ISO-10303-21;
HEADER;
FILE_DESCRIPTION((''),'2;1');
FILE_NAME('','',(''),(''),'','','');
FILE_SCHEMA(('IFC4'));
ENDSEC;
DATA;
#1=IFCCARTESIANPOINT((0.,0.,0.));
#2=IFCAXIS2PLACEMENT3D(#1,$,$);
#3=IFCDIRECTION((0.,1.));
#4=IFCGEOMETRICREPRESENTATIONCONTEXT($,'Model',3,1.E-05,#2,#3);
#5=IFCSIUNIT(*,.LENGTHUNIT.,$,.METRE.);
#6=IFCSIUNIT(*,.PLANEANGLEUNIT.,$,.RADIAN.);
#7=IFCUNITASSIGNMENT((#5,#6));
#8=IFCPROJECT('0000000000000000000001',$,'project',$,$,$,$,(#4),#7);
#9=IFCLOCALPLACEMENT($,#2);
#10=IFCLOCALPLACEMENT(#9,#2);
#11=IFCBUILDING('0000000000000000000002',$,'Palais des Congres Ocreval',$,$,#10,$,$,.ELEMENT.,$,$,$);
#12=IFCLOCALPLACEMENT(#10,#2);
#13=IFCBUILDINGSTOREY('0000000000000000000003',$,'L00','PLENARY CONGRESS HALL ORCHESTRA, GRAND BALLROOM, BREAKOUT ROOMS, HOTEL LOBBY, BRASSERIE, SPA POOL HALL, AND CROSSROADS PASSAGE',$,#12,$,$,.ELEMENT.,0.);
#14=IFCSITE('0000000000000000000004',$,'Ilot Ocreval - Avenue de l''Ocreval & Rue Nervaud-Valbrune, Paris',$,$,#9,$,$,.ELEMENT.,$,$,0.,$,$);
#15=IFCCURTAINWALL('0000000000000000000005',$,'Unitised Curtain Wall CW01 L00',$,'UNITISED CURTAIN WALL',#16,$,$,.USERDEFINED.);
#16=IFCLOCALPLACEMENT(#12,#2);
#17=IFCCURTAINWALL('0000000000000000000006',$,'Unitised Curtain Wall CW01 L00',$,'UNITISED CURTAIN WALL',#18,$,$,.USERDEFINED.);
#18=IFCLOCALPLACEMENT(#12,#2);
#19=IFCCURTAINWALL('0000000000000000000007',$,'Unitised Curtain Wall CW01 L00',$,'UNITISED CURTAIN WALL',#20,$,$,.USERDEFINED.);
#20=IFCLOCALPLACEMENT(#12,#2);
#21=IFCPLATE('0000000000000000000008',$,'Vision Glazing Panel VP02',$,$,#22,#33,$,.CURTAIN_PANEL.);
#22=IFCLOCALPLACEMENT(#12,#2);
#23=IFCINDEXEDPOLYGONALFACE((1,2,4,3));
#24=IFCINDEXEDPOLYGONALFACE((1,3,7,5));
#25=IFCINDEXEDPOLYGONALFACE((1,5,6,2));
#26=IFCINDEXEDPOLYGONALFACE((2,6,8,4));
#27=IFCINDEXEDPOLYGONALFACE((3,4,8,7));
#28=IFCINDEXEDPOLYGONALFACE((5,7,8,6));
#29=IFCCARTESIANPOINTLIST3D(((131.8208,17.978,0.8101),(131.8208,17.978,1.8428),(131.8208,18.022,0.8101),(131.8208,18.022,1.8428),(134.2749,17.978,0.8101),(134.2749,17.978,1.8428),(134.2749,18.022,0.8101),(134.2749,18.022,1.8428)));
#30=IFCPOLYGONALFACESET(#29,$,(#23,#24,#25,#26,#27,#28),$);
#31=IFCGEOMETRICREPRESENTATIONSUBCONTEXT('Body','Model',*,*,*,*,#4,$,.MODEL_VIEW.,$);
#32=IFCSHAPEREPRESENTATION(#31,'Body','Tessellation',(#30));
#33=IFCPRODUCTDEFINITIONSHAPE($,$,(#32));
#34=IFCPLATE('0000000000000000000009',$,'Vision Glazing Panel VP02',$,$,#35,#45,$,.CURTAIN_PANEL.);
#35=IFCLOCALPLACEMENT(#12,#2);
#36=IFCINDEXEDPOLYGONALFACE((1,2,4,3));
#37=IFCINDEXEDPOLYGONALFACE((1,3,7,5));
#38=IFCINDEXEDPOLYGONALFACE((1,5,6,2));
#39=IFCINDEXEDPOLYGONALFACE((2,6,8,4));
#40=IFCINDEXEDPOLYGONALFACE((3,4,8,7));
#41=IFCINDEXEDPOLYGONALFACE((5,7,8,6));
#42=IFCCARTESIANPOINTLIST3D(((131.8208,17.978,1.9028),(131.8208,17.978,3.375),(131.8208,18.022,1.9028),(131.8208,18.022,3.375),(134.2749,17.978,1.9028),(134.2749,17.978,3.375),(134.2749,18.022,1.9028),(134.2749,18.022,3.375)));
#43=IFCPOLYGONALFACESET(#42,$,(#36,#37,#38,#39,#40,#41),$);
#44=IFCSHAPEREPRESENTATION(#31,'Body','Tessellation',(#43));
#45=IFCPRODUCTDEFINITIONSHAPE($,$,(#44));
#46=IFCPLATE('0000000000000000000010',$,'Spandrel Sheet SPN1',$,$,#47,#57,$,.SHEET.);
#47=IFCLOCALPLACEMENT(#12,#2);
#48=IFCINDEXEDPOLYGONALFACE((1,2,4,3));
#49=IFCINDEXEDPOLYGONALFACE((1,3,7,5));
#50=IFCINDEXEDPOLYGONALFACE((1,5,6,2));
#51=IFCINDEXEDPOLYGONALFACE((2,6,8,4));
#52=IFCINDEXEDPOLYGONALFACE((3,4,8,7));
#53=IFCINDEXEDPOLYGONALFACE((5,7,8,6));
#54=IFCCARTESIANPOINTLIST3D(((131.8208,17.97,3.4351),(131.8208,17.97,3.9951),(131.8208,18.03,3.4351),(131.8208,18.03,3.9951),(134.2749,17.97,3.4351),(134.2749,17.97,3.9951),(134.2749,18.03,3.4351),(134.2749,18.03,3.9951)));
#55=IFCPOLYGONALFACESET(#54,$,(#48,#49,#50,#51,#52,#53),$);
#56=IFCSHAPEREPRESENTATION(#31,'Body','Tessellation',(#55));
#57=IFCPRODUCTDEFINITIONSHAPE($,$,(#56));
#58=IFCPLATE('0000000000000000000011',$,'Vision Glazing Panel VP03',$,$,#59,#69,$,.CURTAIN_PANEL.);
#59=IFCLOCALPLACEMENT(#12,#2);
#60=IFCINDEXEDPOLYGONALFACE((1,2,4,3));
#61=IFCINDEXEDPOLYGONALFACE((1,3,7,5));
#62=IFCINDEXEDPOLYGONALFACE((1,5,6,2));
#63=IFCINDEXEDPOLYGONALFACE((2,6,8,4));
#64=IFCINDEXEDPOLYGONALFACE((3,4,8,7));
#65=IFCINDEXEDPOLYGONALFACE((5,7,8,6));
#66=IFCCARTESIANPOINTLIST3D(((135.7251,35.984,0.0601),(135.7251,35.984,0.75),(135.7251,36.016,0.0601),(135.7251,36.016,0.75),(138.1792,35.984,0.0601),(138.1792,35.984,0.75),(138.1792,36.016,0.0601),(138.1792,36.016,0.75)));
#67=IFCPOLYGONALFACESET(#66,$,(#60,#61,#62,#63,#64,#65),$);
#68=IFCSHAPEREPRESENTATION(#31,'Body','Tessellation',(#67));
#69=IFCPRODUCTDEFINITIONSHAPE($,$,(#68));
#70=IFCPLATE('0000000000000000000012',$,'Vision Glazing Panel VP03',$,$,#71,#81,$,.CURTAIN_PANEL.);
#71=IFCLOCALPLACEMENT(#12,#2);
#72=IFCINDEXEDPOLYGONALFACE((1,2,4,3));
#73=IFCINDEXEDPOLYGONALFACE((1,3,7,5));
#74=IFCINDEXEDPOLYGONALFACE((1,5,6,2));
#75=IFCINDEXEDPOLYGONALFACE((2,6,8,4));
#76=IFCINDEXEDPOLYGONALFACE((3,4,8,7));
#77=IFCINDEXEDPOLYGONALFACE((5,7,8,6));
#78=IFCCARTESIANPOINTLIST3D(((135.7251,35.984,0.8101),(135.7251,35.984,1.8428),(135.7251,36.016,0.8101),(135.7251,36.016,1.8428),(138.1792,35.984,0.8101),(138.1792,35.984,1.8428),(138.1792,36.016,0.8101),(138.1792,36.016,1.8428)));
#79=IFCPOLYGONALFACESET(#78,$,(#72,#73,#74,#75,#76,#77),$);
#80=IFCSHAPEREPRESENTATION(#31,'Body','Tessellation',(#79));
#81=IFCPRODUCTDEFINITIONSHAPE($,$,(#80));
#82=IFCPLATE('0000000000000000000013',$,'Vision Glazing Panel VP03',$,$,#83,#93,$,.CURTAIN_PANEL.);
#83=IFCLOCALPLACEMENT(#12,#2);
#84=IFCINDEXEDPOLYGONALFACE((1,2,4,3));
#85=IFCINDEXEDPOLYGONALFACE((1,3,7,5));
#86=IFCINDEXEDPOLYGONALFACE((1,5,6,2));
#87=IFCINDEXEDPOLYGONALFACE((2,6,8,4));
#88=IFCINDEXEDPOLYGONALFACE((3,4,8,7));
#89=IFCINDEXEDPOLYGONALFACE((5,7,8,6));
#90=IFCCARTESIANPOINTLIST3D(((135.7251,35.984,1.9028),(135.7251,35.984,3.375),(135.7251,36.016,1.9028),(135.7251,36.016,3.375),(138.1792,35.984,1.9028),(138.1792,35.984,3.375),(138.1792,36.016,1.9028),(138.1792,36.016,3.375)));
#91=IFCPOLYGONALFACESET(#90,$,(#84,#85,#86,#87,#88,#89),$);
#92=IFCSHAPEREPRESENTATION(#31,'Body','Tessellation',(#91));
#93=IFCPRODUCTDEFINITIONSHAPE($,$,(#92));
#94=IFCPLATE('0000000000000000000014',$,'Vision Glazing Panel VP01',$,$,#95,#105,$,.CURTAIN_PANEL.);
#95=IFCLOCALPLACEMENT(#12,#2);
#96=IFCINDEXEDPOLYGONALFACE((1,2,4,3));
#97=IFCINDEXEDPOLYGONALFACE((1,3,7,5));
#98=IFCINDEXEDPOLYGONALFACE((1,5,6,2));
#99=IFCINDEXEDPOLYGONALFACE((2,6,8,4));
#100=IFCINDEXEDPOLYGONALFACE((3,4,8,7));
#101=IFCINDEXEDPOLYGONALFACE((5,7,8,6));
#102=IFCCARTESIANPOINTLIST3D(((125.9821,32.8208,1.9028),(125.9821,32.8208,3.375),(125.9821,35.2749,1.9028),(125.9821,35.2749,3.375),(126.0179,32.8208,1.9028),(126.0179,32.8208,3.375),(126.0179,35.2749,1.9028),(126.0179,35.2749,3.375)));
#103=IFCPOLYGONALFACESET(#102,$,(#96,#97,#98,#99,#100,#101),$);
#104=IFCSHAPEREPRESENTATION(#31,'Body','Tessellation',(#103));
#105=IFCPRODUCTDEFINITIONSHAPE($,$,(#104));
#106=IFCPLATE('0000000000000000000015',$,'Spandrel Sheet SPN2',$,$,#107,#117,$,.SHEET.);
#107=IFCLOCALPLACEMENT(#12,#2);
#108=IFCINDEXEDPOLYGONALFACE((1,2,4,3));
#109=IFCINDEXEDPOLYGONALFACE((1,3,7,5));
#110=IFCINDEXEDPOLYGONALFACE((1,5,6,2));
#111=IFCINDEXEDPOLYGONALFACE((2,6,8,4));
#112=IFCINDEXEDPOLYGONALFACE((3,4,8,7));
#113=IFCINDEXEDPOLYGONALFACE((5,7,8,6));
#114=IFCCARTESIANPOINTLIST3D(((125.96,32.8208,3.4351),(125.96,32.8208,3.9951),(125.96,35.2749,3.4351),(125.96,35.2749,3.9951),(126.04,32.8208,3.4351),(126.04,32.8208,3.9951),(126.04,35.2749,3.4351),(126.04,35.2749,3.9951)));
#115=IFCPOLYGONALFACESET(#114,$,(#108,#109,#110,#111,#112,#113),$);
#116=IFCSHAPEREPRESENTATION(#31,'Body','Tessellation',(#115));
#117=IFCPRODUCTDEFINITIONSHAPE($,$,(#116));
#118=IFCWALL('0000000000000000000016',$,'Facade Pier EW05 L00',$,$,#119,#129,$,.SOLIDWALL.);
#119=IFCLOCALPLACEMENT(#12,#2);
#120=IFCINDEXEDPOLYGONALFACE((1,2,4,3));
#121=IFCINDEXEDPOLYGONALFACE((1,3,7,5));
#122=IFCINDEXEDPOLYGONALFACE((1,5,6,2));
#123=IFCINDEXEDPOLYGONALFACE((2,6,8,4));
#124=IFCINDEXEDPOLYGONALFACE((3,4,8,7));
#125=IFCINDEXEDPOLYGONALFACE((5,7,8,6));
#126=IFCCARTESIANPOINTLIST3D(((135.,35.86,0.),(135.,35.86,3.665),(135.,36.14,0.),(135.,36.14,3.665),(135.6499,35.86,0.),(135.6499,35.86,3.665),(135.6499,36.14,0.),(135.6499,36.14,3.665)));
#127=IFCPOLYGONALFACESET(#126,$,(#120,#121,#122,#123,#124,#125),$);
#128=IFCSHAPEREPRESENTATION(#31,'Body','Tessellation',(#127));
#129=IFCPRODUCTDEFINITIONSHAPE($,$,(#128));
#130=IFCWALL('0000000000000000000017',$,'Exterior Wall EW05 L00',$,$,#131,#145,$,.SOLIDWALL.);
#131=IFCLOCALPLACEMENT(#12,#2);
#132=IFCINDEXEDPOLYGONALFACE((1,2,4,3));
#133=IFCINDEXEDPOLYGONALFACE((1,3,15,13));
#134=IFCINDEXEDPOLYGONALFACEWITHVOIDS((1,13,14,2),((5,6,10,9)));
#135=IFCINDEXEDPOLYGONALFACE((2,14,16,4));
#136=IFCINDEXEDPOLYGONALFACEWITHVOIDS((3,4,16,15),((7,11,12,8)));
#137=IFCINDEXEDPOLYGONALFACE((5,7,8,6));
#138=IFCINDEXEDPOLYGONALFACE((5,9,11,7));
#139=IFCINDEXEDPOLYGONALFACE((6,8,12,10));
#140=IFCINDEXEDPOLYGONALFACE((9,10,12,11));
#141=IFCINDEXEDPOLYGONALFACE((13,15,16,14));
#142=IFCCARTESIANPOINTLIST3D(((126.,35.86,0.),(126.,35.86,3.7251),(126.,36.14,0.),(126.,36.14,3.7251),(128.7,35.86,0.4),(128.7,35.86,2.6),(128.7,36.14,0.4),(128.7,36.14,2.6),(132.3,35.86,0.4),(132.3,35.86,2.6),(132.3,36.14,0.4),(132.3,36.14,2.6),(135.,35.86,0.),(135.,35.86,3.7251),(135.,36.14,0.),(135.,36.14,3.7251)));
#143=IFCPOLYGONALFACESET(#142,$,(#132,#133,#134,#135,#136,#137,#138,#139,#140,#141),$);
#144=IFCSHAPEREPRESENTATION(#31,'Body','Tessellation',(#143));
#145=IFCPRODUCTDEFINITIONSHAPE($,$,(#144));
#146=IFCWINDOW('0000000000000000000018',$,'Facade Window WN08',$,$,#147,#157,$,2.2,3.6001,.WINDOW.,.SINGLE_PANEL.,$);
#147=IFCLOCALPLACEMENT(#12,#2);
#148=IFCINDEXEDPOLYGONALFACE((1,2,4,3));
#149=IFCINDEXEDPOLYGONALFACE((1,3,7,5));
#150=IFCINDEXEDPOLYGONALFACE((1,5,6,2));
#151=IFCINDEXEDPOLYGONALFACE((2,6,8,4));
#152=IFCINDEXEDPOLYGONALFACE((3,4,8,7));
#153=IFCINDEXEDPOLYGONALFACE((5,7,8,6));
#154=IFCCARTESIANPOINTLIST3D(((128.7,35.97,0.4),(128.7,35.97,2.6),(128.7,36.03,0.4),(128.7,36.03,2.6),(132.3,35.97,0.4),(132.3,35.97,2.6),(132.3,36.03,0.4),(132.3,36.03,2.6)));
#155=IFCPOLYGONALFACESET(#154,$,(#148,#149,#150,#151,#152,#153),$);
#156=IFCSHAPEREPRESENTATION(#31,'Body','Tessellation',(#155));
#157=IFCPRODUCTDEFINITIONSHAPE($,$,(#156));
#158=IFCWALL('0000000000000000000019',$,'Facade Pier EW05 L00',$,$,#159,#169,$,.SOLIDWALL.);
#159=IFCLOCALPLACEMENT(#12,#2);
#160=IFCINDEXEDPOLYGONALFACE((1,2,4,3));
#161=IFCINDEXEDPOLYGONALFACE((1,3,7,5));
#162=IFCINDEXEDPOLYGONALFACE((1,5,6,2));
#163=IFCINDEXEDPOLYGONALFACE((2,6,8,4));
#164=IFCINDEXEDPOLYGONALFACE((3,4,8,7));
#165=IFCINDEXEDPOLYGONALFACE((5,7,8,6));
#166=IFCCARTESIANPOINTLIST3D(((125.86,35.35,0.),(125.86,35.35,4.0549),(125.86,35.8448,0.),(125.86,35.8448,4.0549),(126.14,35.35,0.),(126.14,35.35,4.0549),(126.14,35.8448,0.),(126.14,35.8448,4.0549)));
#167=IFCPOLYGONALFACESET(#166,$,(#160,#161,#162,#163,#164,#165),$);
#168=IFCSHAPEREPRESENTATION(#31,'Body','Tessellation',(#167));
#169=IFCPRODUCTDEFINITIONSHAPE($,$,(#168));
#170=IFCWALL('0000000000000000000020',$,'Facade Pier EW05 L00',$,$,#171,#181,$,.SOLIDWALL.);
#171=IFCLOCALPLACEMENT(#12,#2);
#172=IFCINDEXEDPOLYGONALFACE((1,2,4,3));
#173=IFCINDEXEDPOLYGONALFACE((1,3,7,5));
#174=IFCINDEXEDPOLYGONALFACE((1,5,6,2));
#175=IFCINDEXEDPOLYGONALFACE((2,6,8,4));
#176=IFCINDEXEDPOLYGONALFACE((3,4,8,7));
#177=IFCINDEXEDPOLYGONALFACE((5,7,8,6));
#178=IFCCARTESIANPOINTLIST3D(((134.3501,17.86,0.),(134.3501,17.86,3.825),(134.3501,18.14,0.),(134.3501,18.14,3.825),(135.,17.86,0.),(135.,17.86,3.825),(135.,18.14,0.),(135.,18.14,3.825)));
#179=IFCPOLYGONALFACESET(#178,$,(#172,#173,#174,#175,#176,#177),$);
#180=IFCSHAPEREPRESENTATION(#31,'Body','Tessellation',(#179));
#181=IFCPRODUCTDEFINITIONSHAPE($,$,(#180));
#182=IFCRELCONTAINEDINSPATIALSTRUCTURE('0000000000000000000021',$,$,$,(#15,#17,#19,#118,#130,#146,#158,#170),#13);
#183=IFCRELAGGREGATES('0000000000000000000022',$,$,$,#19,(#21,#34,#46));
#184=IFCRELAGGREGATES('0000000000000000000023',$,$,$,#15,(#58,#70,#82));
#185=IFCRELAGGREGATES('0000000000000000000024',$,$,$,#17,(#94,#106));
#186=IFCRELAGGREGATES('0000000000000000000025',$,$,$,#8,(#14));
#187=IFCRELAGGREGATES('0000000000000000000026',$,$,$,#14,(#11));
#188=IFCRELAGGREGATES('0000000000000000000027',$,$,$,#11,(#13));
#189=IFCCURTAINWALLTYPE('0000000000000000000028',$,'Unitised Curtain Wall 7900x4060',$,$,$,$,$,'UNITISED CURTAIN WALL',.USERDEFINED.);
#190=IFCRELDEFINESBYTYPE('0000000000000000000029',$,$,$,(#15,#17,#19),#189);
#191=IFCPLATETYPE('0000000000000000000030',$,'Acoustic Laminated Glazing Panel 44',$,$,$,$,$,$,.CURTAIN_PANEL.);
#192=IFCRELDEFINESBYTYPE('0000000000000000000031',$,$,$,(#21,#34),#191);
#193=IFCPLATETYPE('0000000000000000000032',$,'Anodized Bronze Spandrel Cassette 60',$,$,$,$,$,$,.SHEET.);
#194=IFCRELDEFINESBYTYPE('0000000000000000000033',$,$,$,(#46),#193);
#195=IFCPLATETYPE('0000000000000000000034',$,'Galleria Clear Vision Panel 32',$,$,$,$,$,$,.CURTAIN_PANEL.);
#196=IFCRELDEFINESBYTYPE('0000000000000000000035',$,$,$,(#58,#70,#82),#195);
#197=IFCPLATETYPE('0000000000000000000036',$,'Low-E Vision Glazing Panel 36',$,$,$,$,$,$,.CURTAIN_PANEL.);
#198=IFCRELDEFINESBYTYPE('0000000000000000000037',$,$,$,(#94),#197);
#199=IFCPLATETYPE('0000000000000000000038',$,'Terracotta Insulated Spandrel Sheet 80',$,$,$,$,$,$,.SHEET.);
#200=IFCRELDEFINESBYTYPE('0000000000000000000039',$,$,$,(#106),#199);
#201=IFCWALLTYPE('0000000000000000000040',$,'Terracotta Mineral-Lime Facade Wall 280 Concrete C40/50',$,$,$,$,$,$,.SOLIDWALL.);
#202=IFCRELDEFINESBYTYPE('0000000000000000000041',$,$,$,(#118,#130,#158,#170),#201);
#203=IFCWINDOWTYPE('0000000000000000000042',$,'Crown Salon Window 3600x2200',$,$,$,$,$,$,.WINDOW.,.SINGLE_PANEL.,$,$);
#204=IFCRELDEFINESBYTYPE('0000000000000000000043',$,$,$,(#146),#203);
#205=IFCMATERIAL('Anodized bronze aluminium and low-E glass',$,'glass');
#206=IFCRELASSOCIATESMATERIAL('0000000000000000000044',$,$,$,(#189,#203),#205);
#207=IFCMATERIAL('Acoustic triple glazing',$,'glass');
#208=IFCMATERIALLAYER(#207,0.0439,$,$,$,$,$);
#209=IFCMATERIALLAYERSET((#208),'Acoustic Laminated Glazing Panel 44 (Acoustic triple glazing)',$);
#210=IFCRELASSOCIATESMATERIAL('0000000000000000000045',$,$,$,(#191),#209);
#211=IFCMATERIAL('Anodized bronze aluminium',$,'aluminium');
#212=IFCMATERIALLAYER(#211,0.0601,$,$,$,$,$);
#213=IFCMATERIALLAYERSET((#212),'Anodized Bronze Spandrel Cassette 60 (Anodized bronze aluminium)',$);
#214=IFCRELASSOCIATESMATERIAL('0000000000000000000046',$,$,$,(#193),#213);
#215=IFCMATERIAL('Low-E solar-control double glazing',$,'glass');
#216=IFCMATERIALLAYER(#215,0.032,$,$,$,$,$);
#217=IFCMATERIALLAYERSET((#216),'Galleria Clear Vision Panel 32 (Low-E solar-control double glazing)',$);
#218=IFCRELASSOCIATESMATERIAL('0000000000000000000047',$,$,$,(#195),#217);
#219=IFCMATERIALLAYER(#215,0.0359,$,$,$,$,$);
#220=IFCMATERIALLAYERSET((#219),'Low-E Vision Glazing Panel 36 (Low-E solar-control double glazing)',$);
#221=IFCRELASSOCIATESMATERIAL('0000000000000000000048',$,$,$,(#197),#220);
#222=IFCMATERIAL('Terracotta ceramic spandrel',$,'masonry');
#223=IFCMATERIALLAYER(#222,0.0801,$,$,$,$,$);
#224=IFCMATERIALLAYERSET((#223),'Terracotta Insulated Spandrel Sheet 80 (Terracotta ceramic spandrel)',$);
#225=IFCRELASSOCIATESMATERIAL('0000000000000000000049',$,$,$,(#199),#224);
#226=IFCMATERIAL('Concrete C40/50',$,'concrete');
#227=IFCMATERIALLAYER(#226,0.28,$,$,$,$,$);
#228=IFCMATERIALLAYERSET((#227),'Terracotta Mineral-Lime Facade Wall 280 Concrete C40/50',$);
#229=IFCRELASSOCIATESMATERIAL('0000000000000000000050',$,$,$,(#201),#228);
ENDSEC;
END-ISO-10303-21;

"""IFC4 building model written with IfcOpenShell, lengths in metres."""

from ifc_helpers import new_model, si_unit, direction, frame, frame_2d, origin, origin_2d, place, context, subcontext, project, spatial, rectangle, extrude, material, layer, layer_set, type_object, element, fill, aggregate, save


model = new_model("IFC4")

# Units and contexts
model_context = context("Model", 3, precision=1e-05, world=origin(), true_north=direction((0.0, 1.0)))
body_context = subcontext(model_context, "Body", "Model", "MODEL_VIEW")
ifc_project = project(units=[si_unit("LENGTHUNIT", "METRE"), si_unit("PLANEANGLEUNIT", "RADIAN")], contexts=[model_context])

# Site, building, storey
site_placement = place(None, origin())
site = spatial("IfcSite", under=ifc_project, at=site_placement, Name="Ilot Ocreval - Avenue de l'Ocreval & Rue Nervaud-Valbrune, Paris", CompositionType="ELEMENT", RefElevation=0.0)
building_placement = place(site_placement, origin())
building = spatial("IfcBuilding", under=site, at=building_placement, Name="Palais des Congres Ocreval", CompositionType="ELEMENT")
storey_placement = place(building_placement, origin())
storey = spatial("IfcBuildingStorey", under=building, at=storey_placement, Name="L00", Description="PLENARY CONGRESS HALL ORCHESTRA, GRAND BALLROOM, BREAKOUT ROOMS, HOTEL LOBBY, BRASSERIE, SPA POOL HALL, AND CROSSROADS PASSAGE", CompositionType="ELEMENT", Elevation=0.0)

# Curtain walls
ifc_material_1 = material(Name="Anodized bronze aluminium and low-E glass", Category="glass")
curtain_wall_type = type_object("IfcCurtainWallType", Name="Unitised Curtain Wall 7900x4060", ElementType="UNITISED CURTAIN WALL", PredefinedType="USERDEFINED", material=ifc_material_1)
curtain_wall_1_placement = place(storey_placement, origin())
curtain_wall_1 = element("IfcCurtainWall", 1, at=curtain_wall_1_placement, inside=storey, type_object=curtain_wall_type, Name="Unitised Curtain Wall CW01 L00", ObjectType="UNITISED CURTAIN WALL", PredefinedType="USERDEFINED")
ifc_material_2 = material(Name="Anodized bronze aluminium", Category="aluminium")
curtain_wall_2_placement = place(storey_placement, origin())
curtain_wall_2 = element("IfcCurtainWall", 2, at=curtain_wall_2_placement, inside=storey, type_object=curtain_wall_type, Name="Unitised Curtain Wall CW01 L00", ObjectType="UNITISED CURTAIN WALL", PredefinedType="USERDEFINED")

# Curtain wall
curtain_wall_3_placement = place(storey_placement, origin())
curtain_wall_3 = element("IfcCurtainWall", 3, at=curtain_wall_3_placement, inside=storey, type_object=curtain_wall_type, Name="Unitised Curtain Wall CW01 L00", ObjectType="UNITISED CURTAIN WALL", PredefinedType="USERDEFINED")

# Plates
ifc_material_3 = material(Name="Acoustic triple glazing", Category="glass")
ifc_layer_1 = layer(ifc_material_3, 0.0439)
ifc_layer_set_1 = layer_set([ifc_layer_1], Name="Acoustic Laminated Glazing Panel 44 (Acoustic triple glazing)")
plate_type_1 = type_object("IfcPlateType", Name="Acoustic Laminated Glazing Panel 44", PredefinedType="CURTAIN_PANEL", material=ifc_layer_set_1)
plate_1_placement = place(storey_placement, frame((133.0479, 18.0, 0.8101), z_axis=(0.0, 0.0, 1.0), x_axis=(1.0, 0.0, 0.0)))
plate_1 = element("IfcPlate", 4, at=plate_1_placement, type_object=plate_type_1, Name="Vision Glazing Panel VP02", PredefinedType="CURTAIN_PANEL", context=body_context, shape_type="SweptSolid", body=[
    extrude(rectangle(XDim=2.4541, YDim=0.0439, at=origin_2d()), origin(), (0.0, 0.0, 1.0), 1.0327),
])
plate_2_placement = place(storey_placement, frame((133.0479, 18.0, 1.9028), z_axis=(0.0, 0.0, 1.0), x_axis=(1.0, 0.0, 0.0)))
plate_2 = element("IfcPlate", 5, at=plate_2_placement, type_object=plate_type_1, Name="Vision Glazing Panel VP02", PredefinedType="CURTAIN_PANEL", context=body_context, shape_type="SweptSolid", body=[
    extrude(rectangle(XDim=2.4541, YDim=0.0439, at=origin_2d()), origin(), (0.0, 0.0, 1.0), 1.4722),
])
ifc_layer_2 = layer(ifc_material_2, 0.0601)
ifc_layer_set_2 = layer_set([ifc_layer_2], Name="Anodized Bronze Spandrel Cassette 60 (Anodized bronze aluminium)")
plate_type_2 = type_object("IfcPlateType", Name="Anodized Bronze Spandrel Cassette 60", PredefinedType="SHEET", material=ifc_layer_set_2)
plate_3_placement = place(storey_placement, frame((133.0479, 18.0, 3.4351), z_axis=(0.0, 0.0, 1.0), x_axis=(1.0, 0.0, 0.0)))
plate_3 = element("IfcPlate", 6, at=plate_3_placement, type_object=plate_type_2, Name="Spandrel Sheet SPN1", PredefinedType="SHEET", context=body_context, shape_type="SweptSolid", body=[
    extrude(rectangle(XDim=2.4541, YDim=0.0601, at=origin_2d()), origin(), (0.0, 0.0, 1.0), 0.5601),
])
aggregate(curtain_wall_3, [plate_1, plate_2, plate_3])
ifc_material_4 = material(Name="Low-E solar-control double glazing", Category="glass")
ifc_layer_3 = layer(ifc_material_4, 0.032)
ifc_layer_set_3 = layer_set([ifc_layer_3], Name="Galleria Clear Vision Panel 32 (Low-E solar-control double glazing)")
plate_type_3 = type_object("IfcPlateType", Name="Galleria Clear Vision Panel 32", PredefinedType="CURTAIN_PANEL", material=ifc_layer_set_3)
plate_4_placement = place(storey_placement, frame((136.9521, 36.0, 0.0601), z_axis=(0.0, 0.0, 1.0), x_axis=(-1.0, 0.0, 0.0)))
plate_4 = element("IfcPlate", 7, at=plate_4_placement, type_object=plate_type_3, Name="Vision Glazing Panel VP03", PredefinedType="CURTAIN_PANEL", context=body_context, shape_type="SweptSolid", body=[
    extrude(rectangle(XDim=2.4541, YDim=0.032, at=origin_2d()), origin(), (0.0, 0.0, 1.0), 0.6899),
])
plate_5_placement = place(storey_placement, frame((136.9521, 36.0, 0.8101), z_axis=(0.0, 0.0, 1.0), x_axis=(-1.0, 0.0, 0.0)))
plate_5 = element("IfcPlate", 8, at=plate_5_placement, type_object=plate_type_3, Name="Vision Glazing Panel VP03", PredefinedType="CURTAIN_PANEL", context=body_context, shape_type="SweptSolid", body=[
    extrude(rectangle(XDim=2.4541, YDim=0.032, at=origin_2d()), origin(), (0.0, 0.0, 1.0), 1.0327),
])
plate_6_placement = place(storey_placement, frame((136.9521, 36.0, 1.9028), z_axis=(0.0, 0.0, 1.0), x_axis=(-1.0, 0.0, 0.0)))
plate_6 = element("IfcPlate", 9, at=plate_6_placement, type_object=plate_type_3, Name="Vision Glazing Panel VP03", PredefinedType="CURTAIN_PANEL", context=body_context, shape_type="SweptSolid", body=[
    extrude(rectangle(XDim=2.4541, YDim=0.032, at=origin_2d()), origin(), (0.0, 0.0, 1.0), 1.4722),
])
aggregate(curtain_wall_1, [plate_4, plate_5, plate_6])
ifc_layer_4 = layer(ifc_material_4, 0.0359)
ifc_layer_set_4 = layer_set([ifc_layer_4], Name="Low-E Vision Glazing Panel 36 (Low-E solar-control double glazing)")
plate_type_4 = type_object("IfcPlateType", Name="Low-E Vision Glazing Panel 36", PredefinedType="CURTAIN_PANEL", material=ifc_layer_set_4)
plate_7_placement = place(storey_placement, frame((126.0, 34.0479, 1.9028), z_axis=(0.0, 0.0, 1.0), x_axis=(0.0, -1.0, 0.0)))
plate_7 = element("IfcPlate", 10, at=plate_7_placement, type_object=plate_type_4, Name="Vision Glazing Panel VP01", PredefinedType="CURTAIN_PANEL", context=body_context, shape_type="SweptSolid", body=[
    extrude(rectangle(XDim=2.4541, YDim=0.0359, at=origin_2d()), origin(), (0.0, 0.0, 1.0), 1.4722),
])
ifc_material_5 = material(Name="Terracotta ceramic spandrel", Category="masonry")
ifc_layer_5 = layer(ifc_material_5, 0.0801)
ifc_layer_set_5 = layer_set([ifc_layer_5], Name="Terracotta Insulated Spandrel Sheet 80 (Terracotta ceramic spandrel)")
plate_type_5 = type_object("IfcPlateType", Name="Terracotta Insulated Spandrel Sheet 80", PredefinedType="SHEET", material=ifc_layer_set_5)
plate_8_placement = place(storey_placement, frame((126.0, 34.0479, 3.4351), z_axis=(0.0, 0.0, 1.0), x_axis=(0.0, -1.0, 0.0)))
plate_8 = element("IfcPlate", 11, at=plate_8_placement, type_object=plate_type_5, Name="Spandrel Sheet SPN2", PredefinedType="SHEET", context=body_context, shape_type="SweptSolid", body=[
    extrude(rectangle(XDim=2.4541, YDim=0.0801, at=origin_2d()), origin(), (0.0, 0.0, 1.0), 0.5601),
])
aggregate(curtain_wall_2, [plate_7, plate_8])

# Wall
ifc_material_6 = material(Name="Concrete C40/50", Category="concrete")
ifc_layer_6 = layer(ifc_material_6, 0.28)
ifc_layer_set_6 = layer_set([ifc_layer_6], Name="Terracotta Mineral-Lime Facade Wall 280 Concrete C40/50")
wall_type = type_object("IfcWallType", Name="Terracotta Mineral-Lime Facade Wall 280 Concrete C40/50", PredefinedType="SOLIDWALL", material=ifc_layer_set_6)
wall_1_placement = place(storey_placement, frame((135.6499, 36.0, 0.0), z_axis=(0.0, 0.0, 1.0), x_axis=(-1.0, 0.0, 0.0)))
element("IfcWall", 12, at=wall_1_placement, inside=storey, type_object=wall_type, Name="Facade Pier EW05 L00", PredefinedType="SOLIDWALL", context=body_context, shape_type="SweptSolid", body=[
    extrude(rectangle(XDim=0.6499, YDim=0.28, at=frame_2d((0.325, 0.0))), origin(), (0.0, 0.0, 1.0), 3.665),
])

# Wall, opening, window
wall_2_placement = place(storey_placement, frame((135.0, 36.0, 0.0), z_axis=(0.0, 0.0, 1.0), x_axis=(-1.0, 0.0, 0.0)))
wall_2 = element("IfcWall", 13, at=wall_2_placement, inside=storey, type_object=wall_type, Name="Exterior Wall EW05 L00", PredefinedType="SOLIDWALL", context=body_context, shape_type="SweptSolid", body=[
    extrude(rectangle(XDim=9.0, YDim=0.28, at=frame_2d((4.5, 0.0))), origin(), (0.0, 0.0, 1.0), 3.7251),
])
opening_1_placement = place(wall_2_placement, frame((2.7, 0.0, 0.3999)))
opening_1 = element("IfcOpeningElement", 14, at=opening_1_placement, cuts=wall_2, PredefinedType="OPENING", context=body_context, shape_type="SweptSolid", body=[
    extrude(rectangle(XDim=3.6001, YDim=2.2, at=frame_2d((1.8, 1.1001))), frame((0.0, 0.1499, 0.0), z_axis=(0.0, -1.0, 0.0), x_axis=(1.0, 0.0, 0.0)), (0.0, 0.0, 1.0), 0.3),
])
window_type_1 = type_object("IfcWindowType", Name="Crown Salon Window 3600x2200", PartitioningType="SINGLE_PANEL", PredefinedType="WINDOW", material=ifc_material_1)
window_1_placement = place(opening_1_placement, origin())
window_1 = element("IfcWindow", 15, at=window_1_placement, inside=storey, type_object=window_type_1, Name="Facade Window WN08", OverallHeight=2.2, OverallWidth=3.6001, PartitioningType="SINGLE_PANEL", PredefinedType="WINDOW", context=body_context, shape_type="SweptSolid", body=[
    extrude(rectangle(XDim=3.6001, YDim=2.2, at=frame_2d((1.8, 1.1001))), frame((0.0, 0.03, 0.0), z_axis=(0.0, -1.0, 0.0), x_axis=(1.0, 0.0, 0.0)), (0.0, 0.0, 1.0), 0.0601),
])
fill(opening_1, window_1)

# Walls
wall_3_placement = place(storey_placement, frame((126.0, 35.845, 0.0), z_axis=(0.0, 0.0, 1.0), x_axis=(0.0, -1.0, 0.0)))
element("IfcWall", 16, at=wall_3_placement, inside=storey, type_object=wall_type, Name="Facade Pier EW05 L00", PredefinedType="SOLIDWALL", context=body_context, shape_type="SweptSolid", body=[
    extrude(rectangle(XDim=0.4949, YDim=0.28, at=frame_2d((0.2476, 0.0))), origin(), (0.0, 0.0, 1.0), 4.0549),
])
wall_4_placement = place(storey_placement, frame((134.3501, 18.0, 0.0), z_axis=(0.0, 0.0, 1.0), x_axis=(1.0, 0.0, 0.0)))
element("IfcWall", 17, at=wall_4_placement, inside=storey, type_object=wall_type, Name="Facade Pier EW05 L00", PredefinedType="SOLIDWALL", context=body_context, shape_type="SweptSolid", body=[
    extrude(rectangle(XDim=0.6499, YDim=0.28, at=frame_2d((0.325, 0.0))), origin(), (0.0, 0.0, 1.0), 3.825),
])

save(model, "model.ifc")
